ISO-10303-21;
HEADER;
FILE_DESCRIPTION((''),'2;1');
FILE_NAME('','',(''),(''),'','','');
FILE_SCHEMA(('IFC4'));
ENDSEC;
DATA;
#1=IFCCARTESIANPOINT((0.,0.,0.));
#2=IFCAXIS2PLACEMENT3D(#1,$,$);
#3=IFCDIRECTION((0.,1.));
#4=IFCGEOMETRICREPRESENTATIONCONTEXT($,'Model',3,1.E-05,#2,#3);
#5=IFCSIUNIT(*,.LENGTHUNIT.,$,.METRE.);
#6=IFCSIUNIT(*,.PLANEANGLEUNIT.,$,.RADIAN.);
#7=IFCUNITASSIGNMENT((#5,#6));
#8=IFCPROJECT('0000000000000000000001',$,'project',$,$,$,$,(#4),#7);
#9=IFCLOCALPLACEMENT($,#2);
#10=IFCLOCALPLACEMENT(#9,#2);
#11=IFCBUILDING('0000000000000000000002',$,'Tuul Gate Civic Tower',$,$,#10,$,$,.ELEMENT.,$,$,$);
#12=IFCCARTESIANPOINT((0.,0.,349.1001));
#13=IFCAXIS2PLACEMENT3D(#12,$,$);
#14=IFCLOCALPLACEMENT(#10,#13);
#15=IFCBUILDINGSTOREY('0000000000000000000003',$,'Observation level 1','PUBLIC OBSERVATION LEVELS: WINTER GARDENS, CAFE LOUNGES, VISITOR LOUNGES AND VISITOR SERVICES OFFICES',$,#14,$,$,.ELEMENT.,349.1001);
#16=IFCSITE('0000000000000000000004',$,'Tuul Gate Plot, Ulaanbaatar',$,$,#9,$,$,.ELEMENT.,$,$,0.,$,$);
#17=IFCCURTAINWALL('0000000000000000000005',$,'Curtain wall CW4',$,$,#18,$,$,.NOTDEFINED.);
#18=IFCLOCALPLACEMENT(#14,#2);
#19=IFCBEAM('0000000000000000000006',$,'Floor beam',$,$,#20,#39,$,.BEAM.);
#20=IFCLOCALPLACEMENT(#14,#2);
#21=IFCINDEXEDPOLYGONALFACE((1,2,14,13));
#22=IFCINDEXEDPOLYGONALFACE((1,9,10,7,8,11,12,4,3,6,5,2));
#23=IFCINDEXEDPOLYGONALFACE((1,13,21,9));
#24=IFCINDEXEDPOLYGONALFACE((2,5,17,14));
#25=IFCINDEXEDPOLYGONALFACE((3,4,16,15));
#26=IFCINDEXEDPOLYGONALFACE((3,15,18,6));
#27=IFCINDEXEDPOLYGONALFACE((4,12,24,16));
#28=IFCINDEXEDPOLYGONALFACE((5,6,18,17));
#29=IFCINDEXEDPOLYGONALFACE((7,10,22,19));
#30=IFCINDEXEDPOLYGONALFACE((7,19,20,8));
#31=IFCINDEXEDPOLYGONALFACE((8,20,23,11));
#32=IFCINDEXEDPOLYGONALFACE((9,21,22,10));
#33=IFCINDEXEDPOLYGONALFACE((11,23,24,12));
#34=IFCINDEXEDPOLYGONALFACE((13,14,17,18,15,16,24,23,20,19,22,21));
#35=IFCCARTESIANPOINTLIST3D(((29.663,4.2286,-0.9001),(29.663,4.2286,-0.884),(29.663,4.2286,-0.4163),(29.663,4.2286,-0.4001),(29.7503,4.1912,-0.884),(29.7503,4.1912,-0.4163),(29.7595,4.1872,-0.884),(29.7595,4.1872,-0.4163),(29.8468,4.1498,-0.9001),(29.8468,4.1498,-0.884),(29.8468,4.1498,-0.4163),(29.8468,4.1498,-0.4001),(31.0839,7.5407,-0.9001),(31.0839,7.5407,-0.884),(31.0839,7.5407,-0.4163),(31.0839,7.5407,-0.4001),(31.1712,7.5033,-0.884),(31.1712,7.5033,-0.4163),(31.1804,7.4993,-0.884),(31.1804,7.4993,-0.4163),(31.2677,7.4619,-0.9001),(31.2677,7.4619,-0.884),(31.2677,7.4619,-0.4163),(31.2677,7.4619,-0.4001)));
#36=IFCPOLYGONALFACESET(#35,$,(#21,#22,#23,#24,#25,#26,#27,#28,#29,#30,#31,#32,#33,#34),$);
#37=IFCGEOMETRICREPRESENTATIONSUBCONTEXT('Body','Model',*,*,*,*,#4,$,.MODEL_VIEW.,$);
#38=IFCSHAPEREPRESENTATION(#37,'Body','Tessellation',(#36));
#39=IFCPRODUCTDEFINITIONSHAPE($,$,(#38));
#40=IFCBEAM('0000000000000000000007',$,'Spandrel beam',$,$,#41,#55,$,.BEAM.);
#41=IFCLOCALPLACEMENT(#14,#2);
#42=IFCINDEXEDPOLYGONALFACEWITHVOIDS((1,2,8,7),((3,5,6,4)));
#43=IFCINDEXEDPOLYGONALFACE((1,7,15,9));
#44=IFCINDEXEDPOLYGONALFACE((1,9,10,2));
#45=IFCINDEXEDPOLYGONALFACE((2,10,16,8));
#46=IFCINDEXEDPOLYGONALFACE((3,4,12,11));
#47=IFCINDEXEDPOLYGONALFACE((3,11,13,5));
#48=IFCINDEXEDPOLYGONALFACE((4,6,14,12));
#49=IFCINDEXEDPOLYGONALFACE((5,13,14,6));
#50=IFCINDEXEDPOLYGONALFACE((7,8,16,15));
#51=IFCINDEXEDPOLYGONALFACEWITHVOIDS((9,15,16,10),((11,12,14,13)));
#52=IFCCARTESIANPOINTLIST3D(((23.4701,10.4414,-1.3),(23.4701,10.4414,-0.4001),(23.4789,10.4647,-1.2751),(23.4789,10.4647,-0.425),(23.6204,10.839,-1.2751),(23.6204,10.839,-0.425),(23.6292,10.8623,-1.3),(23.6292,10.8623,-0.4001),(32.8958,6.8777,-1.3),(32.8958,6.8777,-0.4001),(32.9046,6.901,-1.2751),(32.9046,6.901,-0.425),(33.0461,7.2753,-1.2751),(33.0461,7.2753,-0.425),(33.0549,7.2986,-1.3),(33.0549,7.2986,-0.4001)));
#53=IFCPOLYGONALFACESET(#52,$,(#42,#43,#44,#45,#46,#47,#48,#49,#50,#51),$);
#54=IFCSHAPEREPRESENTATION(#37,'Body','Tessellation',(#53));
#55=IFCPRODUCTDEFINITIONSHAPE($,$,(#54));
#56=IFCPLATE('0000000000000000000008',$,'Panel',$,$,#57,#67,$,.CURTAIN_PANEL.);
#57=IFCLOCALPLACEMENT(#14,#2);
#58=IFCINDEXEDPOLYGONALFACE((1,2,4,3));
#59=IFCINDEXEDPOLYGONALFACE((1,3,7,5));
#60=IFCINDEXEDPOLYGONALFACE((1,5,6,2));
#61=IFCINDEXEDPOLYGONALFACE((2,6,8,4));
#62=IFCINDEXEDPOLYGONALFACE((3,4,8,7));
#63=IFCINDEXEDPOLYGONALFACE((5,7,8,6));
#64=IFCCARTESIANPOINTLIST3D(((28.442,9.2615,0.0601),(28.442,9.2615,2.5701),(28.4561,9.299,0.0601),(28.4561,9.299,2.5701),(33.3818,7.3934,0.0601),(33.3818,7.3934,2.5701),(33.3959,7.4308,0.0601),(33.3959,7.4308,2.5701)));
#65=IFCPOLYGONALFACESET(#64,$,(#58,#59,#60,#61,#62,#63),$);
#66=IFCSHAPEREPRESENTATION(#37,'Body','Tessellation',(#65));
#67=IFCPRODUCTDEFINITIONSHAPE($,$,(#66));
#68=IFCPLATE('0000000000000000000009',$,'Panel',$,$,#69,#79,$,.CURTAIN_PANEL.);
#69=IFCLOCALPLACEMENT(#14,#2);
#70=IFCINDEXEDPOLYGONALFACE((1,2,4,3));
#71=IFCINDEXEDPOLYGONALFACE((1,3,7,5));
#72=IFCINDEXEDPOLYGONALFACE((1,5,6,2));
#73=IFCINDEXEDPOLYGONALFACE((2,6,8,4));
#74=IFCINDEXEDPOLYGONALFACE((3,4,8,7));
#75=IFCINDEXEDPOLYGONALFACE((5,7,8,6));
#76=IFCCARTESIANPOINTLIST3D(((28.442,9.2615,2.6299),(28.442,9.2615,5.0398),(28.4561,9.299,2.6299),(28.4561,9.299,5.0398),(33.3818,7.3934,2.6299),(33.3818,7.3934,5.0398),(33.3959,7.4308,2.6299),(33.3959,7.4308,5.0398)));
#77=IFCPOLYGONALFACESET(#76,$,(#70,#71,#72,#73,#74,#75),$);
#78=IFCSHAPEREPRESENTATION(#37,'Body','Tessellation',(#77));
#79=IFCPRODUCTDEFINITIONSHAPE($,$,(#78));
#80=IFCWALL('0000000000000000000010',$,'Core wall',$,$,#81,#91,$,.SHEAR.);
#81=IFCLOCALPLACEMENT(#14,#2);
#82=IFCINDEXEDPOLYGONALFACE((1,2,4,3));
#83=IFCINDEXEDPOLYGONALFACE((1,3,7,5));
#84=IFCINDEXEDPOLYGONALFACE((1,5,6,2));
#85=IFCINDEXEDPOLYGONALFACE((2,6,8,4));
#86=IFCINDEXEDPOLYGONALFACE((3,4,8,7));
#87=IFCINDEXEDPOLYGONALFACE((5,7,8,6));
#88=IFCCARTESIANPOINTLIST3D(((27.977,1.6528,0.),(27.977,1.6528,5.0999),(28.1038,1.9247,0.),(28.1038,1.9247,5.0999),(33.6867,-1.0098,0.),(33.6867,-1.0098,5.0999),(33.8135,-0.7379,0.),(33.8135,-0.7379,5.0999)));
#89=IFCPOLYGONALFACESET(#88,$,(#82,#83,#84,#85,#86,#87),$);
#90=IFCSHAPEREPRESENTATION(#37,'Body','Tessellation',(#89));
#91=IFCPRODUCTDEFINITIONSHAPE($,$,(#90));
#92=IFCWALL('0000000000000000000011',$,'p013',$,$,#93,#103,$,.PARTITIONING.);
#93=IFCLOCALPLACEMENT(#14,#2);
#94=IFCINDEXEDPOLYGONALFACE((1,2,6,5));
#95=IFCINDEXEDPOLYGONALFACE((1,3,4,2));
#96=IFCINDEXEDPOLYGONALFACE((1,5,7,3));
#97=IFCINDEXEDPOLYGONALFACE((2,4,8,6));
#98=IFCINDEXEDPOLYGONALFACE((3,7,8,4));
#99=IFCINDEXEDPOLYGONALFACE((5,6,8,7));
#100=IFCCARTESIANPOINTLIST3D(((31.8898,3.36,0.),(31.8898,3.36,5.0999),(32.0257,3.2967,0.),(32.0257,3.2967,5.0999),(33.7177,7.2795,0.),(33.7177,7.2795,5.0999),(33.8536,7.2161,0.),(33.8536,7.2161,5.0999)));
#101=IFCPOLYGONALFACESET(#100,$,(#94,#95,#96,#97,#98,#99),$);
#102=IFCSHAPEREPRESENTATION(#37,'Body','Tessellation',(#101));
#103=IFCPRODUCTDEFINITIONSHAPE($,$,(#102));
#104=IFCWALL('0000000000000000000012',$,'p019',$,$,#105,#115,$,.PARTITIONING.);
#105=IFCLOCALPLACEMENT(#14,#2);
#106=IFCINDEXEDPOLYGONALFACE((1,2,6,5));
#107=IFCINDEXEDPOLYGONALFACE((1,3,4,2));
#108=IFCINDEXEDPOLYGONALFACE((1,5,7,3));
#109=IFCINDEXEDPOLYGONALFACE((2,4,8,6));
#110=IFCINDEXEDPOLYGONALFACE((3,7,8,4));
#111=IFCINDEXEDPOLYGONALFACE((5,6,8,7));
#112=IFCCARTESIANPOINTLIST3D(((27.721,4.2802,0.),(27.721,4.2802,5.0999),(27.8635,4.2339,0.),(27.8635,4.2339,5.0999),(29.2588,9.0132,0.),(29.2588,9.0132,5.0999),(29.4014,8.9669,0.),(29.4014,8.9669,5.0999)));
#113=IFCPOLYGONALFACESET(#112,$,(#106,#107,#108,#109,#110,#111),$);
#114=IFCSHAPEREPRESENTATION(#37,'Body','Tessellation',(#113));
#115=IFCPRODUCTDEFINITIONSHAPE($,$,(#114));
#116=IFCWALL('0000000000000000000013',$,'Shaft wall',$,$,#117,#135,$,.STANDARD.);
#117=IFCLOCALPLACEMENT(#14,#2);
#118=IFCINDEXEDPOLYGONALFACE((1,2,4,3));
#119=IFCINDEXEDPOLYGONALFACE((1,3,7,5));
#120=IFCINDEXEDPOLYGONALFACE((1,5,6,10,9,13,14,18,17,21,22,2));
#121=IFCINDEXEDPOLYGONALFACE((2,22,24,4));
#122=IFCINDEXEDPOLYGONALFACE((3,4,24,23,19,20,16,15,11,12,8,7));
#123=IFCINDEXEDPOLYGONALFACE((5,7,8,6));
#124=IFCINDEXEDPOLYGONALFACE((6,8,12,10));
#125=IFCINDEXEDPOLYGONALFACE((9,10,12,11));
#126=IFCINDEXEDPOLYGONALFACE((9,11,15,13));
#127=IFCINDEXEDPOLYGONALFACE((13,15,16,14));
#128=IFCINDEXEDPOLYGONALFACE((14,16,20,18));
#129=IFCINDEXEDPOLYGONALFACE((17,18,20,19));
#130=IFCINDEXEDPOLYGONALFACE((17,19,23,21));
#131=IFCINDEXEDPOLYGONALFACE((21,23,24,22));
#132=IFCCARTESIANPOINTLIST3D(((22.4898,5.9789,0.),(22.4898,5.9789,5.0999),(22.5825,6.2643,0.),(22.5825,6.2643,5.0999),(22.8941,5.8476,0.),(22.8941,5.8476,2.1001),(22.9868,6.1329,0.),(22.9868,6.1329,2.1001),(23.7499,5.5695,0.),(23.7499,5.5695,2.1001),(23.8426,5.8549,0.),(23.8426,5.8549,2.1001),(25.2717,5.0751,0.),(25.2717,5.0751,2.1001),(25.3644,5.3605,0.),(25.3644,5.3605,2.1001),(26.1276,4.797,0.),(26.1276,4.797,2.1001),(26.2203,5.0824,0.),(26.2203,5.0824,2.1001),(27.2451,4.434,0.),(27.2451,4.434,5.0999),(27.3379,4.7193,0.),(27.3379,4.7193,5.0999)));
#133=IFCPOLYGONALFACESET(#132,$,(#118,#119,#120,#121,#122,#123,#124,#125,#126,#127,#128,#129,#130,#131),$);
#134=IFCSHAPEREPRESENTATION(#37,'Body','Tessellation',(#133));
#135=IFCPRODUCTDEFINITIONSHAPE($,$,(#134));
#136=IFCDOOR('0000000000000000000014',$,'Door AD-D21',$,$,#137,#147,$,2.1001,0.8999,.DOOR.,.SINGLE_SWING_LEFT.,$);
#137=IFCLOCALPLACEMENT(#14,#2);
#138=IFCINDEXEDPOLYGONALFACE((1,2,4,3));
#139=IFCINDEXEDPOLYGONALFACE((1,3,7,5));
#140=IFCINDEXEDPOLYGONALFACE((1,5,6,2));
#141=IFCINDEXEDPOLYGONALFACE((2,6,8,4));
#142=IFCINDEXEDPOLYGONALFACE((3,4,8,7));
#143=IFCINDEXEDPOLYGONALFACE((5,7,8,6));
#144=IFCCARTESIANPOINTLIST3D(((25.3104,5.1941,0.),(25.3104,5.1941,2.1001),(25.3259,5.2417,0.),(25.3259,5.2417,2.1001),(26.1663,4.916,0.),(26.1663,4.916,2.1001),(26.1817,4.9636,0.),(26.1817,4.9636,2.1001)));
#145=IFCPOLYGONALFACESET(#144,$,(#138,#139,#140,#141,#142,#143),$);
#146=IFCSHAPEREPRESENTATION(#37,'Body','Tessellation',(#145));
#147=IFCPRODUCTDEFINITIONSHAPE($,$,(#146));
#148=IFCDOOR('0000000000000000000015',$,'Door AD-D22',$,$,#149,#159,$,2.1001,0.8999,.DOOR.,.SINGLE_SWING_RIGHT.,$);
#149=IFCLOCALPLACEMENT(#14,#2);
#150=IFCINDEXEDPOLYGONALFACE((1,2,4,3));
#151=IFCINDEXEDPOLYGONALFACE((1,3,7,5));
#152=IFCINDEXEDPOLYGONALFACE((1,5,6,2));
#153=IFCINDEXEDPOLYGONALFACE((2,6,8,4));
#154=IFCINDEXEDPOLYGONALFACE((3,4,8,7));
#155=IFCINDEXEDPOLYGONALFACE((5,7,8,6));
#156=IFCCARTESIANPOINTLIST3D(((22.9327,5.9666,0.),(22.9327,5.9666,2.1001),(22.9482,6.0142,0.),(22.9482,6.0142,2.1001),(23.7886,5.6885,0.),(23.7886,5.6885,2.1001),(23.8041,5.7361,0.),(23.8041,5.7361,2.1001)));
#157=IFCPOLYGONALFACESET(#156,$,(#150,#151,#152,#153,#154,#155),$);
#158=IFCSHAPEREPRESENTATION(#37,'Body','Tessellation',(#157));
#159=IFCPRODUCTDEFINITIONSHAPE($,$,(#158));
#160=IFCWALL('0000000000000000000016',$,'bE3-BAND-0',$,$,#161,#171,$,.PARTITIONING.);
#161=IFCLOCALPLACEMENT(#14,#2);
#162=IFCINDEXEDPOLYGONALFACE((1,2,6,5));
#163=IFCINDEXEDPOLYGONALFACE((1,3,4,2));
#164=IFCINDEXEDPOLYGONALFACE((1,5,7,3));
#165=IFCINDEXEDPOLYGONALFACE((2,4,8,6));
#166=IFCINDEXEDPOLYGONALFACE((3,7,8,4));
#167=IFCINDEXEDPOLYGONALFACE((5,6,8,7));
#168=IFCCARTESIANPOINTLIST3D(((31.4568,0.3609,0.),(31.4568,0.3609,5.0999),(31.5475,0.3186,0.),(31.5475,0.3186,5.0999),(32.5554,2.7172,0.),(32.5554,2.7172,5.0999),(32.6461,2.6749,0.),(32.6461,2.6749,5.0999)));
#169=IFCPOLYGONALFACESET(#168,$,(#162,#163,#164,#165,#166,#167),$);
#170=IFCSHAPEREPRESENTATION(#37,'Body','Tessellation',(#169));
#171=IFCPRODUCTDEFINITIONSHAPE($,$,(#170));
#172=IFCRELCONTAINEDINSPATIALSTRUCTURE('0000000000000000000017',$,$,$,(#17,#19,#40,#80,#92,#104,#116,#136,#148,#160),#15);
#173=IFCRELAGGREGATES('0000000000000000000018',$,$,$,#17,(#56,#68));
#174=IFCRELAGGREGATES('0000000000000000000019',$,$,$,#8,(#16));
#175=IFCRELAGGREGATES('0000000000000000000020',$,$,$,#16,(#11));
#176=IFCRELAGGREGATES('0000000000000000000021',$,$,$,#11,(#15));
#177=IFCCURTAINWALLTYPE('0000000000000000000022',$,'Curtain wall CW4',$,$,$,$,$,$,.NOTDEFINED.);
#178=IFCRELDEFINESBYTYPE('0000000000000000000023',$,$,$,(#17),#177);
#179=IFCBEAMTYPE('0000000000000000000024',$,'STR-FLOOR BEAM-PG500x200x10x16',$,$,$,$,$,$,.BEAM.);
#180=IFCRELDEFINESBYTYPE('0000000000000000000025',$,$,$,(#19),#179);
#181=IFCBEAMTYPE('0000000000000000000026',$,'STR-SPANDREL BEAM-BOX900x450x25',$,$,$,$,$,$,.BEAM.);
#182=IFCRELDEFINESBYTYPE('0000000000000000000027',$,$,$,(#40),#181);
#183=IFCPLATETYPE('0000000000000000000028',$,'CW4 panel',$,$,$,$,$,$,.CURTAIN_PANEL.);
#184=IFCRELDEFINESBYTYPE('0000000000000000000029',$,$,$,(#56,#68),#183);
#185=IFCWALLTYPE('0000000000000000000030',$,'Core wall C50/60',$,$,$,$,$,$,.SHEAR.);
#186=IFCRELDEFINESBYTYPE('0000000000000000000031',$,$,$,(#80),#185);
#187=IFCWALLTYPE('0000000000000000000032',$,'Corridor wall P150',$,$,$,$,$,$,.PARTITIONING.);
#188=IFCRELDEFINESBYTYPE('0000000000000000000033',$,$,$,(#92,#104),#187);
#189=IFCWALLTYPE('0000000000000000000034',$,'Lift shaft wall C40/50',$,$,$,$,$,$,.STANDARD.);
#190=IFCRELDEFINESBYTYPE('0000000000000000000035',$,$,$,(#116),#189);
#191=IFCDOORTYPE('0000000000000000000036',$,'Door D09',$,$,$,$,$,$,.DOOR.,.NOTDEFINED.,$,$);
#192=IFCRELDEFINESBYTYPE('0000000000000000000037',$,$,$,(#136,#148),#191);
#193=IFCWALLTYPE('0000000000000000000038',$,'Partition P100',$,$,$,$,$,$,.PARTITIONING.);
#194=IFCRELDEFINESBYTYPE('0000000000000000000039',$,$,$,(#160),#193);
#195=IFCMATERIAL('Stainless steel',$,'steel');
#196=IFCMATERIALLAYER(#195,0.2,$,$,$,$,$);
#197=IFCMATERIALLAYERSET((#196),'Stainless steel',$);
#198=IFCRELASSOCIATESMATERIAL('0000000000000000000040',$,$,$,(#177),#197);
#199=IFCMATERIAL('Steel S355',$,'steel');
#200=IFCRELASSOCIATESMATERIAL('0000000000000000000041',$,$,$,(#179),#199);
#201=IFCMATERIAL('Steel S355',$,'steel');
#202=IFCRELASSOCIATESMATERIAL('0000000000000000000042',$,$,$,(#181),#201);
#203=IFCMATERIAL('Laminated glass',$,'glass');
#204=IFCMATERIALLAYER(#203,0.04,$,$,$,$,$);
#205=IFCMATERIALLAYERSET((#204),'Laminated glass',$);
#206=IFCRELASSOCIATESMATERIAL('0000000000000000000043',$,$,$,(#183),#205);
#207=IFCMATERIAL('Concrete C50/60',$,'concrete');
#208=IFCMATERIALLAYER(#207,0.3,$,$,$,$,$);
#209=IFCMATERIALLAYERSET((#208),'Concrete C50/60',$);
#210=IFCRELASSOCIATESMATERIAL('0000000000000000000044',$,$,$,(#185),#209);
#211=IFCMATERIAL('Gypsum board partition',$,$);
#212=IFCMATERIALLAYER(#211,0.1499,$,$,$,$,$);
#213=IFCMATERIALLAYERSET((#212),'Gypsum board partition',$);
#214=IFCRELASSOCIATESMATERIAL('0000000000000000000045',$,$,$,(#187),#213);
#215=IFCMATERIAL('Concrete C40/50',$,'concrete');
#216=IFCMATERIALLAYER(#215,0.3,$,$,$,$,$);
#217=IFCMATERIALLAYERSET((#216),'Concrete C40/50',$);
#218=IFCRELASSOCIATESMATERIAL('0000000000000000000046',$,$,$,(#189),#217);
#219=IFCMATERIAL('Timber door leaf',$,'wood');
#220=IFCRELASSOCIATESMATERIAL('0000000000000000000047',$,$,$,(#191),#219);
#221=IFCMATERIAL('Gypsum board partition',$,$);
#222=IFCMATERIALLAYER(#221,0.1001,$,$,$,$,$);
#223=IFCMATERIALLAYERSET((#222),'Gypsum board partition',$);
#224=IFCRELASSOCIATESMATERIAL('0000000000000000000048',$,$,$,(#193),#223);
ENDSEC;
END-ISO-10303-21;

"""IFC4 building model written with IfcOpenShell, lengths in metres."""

from ifc_helpers import new_model, si_unit, direction, frame, frame_2d, origin, origin_2d, place, context, subcontext, project, spatial, rectangle, hollow_rectangle, i_section, extrude, material, layer, layer_set, material_profile, profile_set, type_object, element, fill, aggregate, save


model = new_model("IFC4")

# Units and contexts
model_context = context("Model", 3, precision=1e-05, world=origin(), true_north=direction((0.0, 1.0)))
body_context = subcontext(model_context, "Body", "Model", "MODEL_VIEW")
ifc_project = project(units=[si_unit("LENGTHUNIT", "METRE"), si_unit("PLANEANGLEUNIT", "RADIAN")], contexts=[model_context])

# Site, building, storey
site_placement = place(None, origin())
site = spatial("IfcSite", under=ifc_project, at=site_placement, Name="Tuul Gate Plot, Ulaanbaatar", CompositionType="ELEMENT", RefElevation=0.0)
building_placement = place(site_placement, origin())
building = spatial("IfcBuilding", under=site, at=building_placement, Name="Tuul Gate Civic Tower", CompositionType="ELEMENT")
storey_placement = place(building_placement, frame((0.0, 0.0, 349.1001)))
storey = spatial("IfcBuildingStorey", under=building, at=storey_placement, Name="Observation level 1", Description="PUBLIC OBSERVATION LEVELS: WINTER GARDENS, CAFE LOUNGES, VISITOR LOUNGES AND VISITOR SERVICES OFFICES", CompositionType="ELEMENT", Elevation=349.1001)

# Shared definitions
ifc_material_1 = material(Name="Stainless steel", Category="steel")
ifc_layer_1 = layer(ifc_material_1, 0.2)
ifc_layer_set_1 = layer_set([ifc_layer_1], Name="Stainless steel")
curtain_wall_type = type_object("IfcCurtainWallType", Name="Curtain wall CW4", PredefinedType="NOTDEFINED", material=ifc_layer_set_1)

# Curtain wall
curtain_wall_1_placement = place(storey_placement, origin())
curtain_wall_1 = element("IfcCurtainWall", 1, at=curtain_wall_1_placement, inside=storey, type_object=curtain_wall_type, Name="Curtain wall CW4", PredefinedType="NOTDEFINED")

# Beams
ifc_material_2 = material(Name="Steel S355", Category="steel")
ifc_material_profile_1 = material_profile(ifc_material_2, i_section(OverallWidth=0.2, OverallDepth=0.5, WebThickness=0.01, FlangeThickness=0.0161, at=origin_2d()), Name="PG500x200x10x16")
ifc_profile_set_1 = profile_set([ifc_material_profile_1], Name="Steel S355")
beam_type_1 = type_object("IfcBeamType", Name="STR-FLOOR BEAM-PG500x200x10x16", PredefinedType="BEAM", material=ifc_profile_set_1)
beam_1_placement = place(storey_placement, frame((29.7549, 4.1892, -0.6501), z_axis=(0.394263, 0.918998, 0.0), x_axis=(-0.918998, 0.394263, 0.0)))
element("IfcBeam", 2, at=beam_1_placement, inside=storey, type_object=beam_type_1, Name="Floor beam", PredefinedType="BEAM", context=body_context, shape_type="SweptSolid", body=[
    extrude(i_section(OverallWidth=0.2, OverallDepth=0.5, WebThickness=0.01, FlangeThickness=0.0161, at=origin_2d()), origin(), (0.0, 0.0, 1.0), 3.604),
])
ifc_material_3 = material(Name="Steel S355", Category="steel")
ifc_material_profile_2 = material_profile(ifc_material_3, hollow_rectangle(XDim=0.45, YDim=0.8999, WallThickness=0.0249, at=origin_2d()), Name="BOX900x450x25")
ifc_profile_set_2 = profile_set([ifc_material_profile_2], Name="Steel S355")
beam_type_2 = type_object("IfcBeamType", Name="STR-SPANDREL BEAM-BOX900x450x25", PredefinedType="BEAM", material=ifc_profile_set_2)
beam_2_placement = place(storey_placement, frame((32.9753, 7.0881, -0.8501), z_axis=(-0.935378, 0.35365, 0.0), x_axis=(-0.35365, -0.935378, 0.0)))
element("IfcBeam", 3, at=beam_2_placement, inside=storey, type_object=beam_type_2, Name="Spandrel beam", PredefinedType="BEAM", context=body_context, shape_type="SweptSolid", body=[
    extrude(hollow_rectangle(XDim=0.45, YDim=0.8999, WallThickness=0.0249, at=origin_2d()), origin(), (0.0, 0.0, 1.0), 10.0769),
])

# Plates
ifc_material_4 = material(Name="Laminated glass", Category="glass")
ifc_layer_2 = layer(ifc_material_4, 0.04)
ifc_layer_set_2 = layer_set([ifc_layer_2], Name="Laminated glass")
plate_type = type_object("IfcPlateType", Name="CW4 panel", PredefinedType="CURTAIN_PANEL", material=ifc_layer_set_2)
plate_1_placement = place(storey_placement, frame((30.9189, 8.3462, 0.0601), z_axis=(0.0, 0.0, 1.0), x_axis=(-0.935346, 0.353734, 0.0)))
plate_1 = element("IfcPlate", 4, at=plate_1_placement, type_object=plate_type, Name="Panel", PredefinedType="CURTAIN_PANEL", context=body_context, shape_type="SweptSolid", body=[
    extrude(rectangle(XDim=5.2812, YDim=0.04, at=origin_2d()), origin(), (0.0, 0.0, 1.0), 2.51),
])
plate_2_placement = place(storey_placement, frame((30.9189, 8.3462, 2.6299), z_axis=(0.0, 0.0, 1.0), x_axis=(-0.935346, 0.353734, 0.0)))
plate_2 = element("IfcPlate", 5, at=plate_2_placement, type_object=plate_type, Name="Panel", PredefinedType="CURTAIN_PANEL", context=body_context, shape_type="SweptSolid", body=[
    extrude(rectangle(XDim=5.2812, YDim=0.04, at=origin_2d()), origin(), (0.0, 0.0, 1.0), 2.4099),
])
aggregate(curtain_wall_1, [plate_1, plate_2])

# Walls
ifc_material_5 = material(Name="Concrete C50/60", Category="concrete")
ifc_layer_3 = layer(ifc_material_5, 0.3)
ifc_layer_set_3 = layer_set([ifc_layer_3], Name="Concrete C50/60")
wall_type_1 = type_object("IfcWallType", Name="Core wall C50/60", PredefinedType="SHEAR", material=ifc_layer_set_3)
wall_1_placement = place(storey_placement, frame((33.75, -0.8738, 0.0), z_axis=(0.0, 0.0, 1.0), x_axis=(-0.906301, 0.422633, 0.0)))
element("IfcWall", 6, at=wall_1_placement, inside=storey, type_object=wall_type_1, Name="Core wall", PredefinedType="SHEAR", context=body_context, shape_type="SweptSolid", body=[
    extrude(rectangle(XDim=6.3, YDim=0.3, at=frame_2d((3.1499, 0.0))), origin(), (0.0, 0.0, 1.0), 5.0999),
])
ifc_material_6 = material(Name="Gypsum board partition")
ifc_layer_4 = layer(ifc_material_6, 0.1499)
ifc_layer_set_4 = layer_set([ifc_layer_4], Name="Gypsum board partition")
wall_type_2 = type_object("IfcWallType", Name="Corridor wall P150", PredefinedType="PARTITIONING", material=ifc_layer_set_4)
wall_2_placement = place(storey_placement, frame((31.9578, 3.3284, 0.0), z_axis=(0.0, 0.0, 1.0), x_axis=(0.42266, 0.906288, 0.0)))
element("IfcWall", 7, at=wall_2_placement, inside=storey, type_object=wall_type_2, Name="p013", PredefinedType="PARTITIONING", context=body_context, shape_type="SweptSolid", body=[
    extrude(rectangle(XDim=4.3247, YDim=0.1499, at=frame_2d((2.1624, 0.0))), origin(), (0.0, 0.0, 1.0), 5.0999),
])
wall_3_placement = place(storey_placement, frame((27.7922, 4.2571, 0.0), z_axis=(0.0, 0.0, 1.0), x_axis=(0.309022, 0.951055, 0.0)))
element("IfcWall", 8, at=wall_3_placement, inside=storey, type_object=wall_type_2, Name="p019", PredefinedType="PARTITIONING", context=body_context, shape_type="SweptSolid", body=[
    extrude(rectangle(XDim=4.9766, YDim=0.1499, at=frame_2d((2.4883, 0.0))), origin(), (0.0, 0.0, 1.0), 5.0999),
])

# Wall, openings, doors
ifc_material_7 = material(Name="Concrete C40/50", Category="concrete")
ifc_layer_5 = layer(ifc_material_7, 0.3)
ifc_layer_set_5 = layer_set([ifc_layer_5], Name="Concrete C40/50")
wall_type_3 = type_object("IfcWallType", Name="Lift shaft wall C40/50", PredefinedType="STANDARD", material=ifc_layer_set_5)
wall_4_placement = place(storey_placement, frame((27.2915, 4.5767, 0.0), z_axis=(0.0, 0.0, 1.0), x_axis=(-0.951068, 0.308982, 0.0)))
wall_4 = element("IfcWall", 9, at=wall_4_placement, inside=storey, type_object=wall_type_3, Name="Shaft wall", PredefinedType="STANDARD", context=body_context, shape_type="SweptSolid", body=[
    extrude(rectangle(XDim=5.0, YDim=0.3, at=frame_2d((2.5, 0.0))), origin(), (0.0, 0.0, 1.0), 5.0999),
])
opening_1_placement = place(wall_4_placement, frame((1.175, 0.0, 0.0)))
opening_1 = element("IfcOpeningElement", 10, at=opening_1_placement, cuts=wall_4, PredefinedType="OPENING", context=body_context, shape_type="SweptSolid", body=[
    extrude(rectangle(XDim=0.8999, YDim=2.1001, at=frame_2d((0.45, 1.05))), frame((0.0, 0.1602, 0.0), z_axis=(0.0, -1.0, 0.0), x_axis=(1.0, 0.0, 0.0)), (0.0, 0.0, 1.0), 0.3201),
])
opening_2_placement = place(wall_4_placement, frame((3.675, 0.0, 0.0)))
opening_2 = element("IfcOpeningElement", 11, at=opening_2_placement, cuts=wall_4, PredefinedType="OPENING", context=body_context, shape_type="SweptSolid", body=[
    extrude(rectangle(XDim=0.8999, YDim=2.1001, at=frame_2d((0.45, 1.05))), frame((0.0, 0.1602, 0.0), z_axis=(0.0, -1.0, 0.0), x_axis=(1.0, 0.0, 0.0)), (0.0, 0.0, 1.0), 0.3201),
])
ifc_material_8 = material(Name="Timber door leaf", Category="wood")
door_type = type_object("IfcDoorType", Name="Door D09", OperationType="NOTDEFINED", PredefinedType="DOOR", material=ifc_material_8)
door_1_placement = place(opening_1_placement, origin())
door_1 = element("IfcDoor", 12, at=door_1_placement, inside=storey, type_object=door_type, Name="Door AD-D21", OperationType="SINGLE_SWING_LEFT", OverallHeight=2.1001, OverallWidth=0.8999, PredefinedType="DOOR", context=body_context, shape_type="SweptSolid", body=[
    extrude(rectangle(XDim=0.8999, YDim=2.1001, at=frame_2d((0.45, 1.05))), frame((0.0, 0.0249, 0.0), z_axis=(0.0, -1.0, 0.0), x_axis=(1.0, 0.0, 0.0)), (0.0, 0.0, 1.0), 0.05),
])
fill(opening_1, door_1)
door_2_placement = place(opening_2_placement, origin())
door_2 = element("IfcDoor", 13, at=door_2_placement, inside=storey, type_object=door_type, Name="Door AD-D22", OperationType="SINGLE_SWING_RIGHT", OverallHeight=2.1001, OverallWidth=0.8999, PredefinedType="DOOR", context=body_context, shape_type="SweptSolid", body=[
    extrude(rectangle(XDim=0.8999, YDim=2.1001, at=frame_2d((0.45, 1.05))), frame((0.0, 0.0249, 0.0), z_axis=(0.0, -1.0, 0.0), x_axis=(1.0, 0.0, 0.0)), (0.0, 0.0, 1.0), 0.05),
])
fill(opening_2, door_2)

# Wall
ifc_material_9 = material(Name="Gypsum board partition")
ifc_layer_6 = layer(ifc_material_9, 0.1001)
ifc_layer_set_6 = layer_set([ifc_layer_6], Name="Gypsum board partition")
wall_type_4 = type_object("IfcWallType", Name="Partition P100", PredefinedType="PARTITIONING", material=ifc_layer_set_6)
wall_5_placement = place(storey_placement, frame((31.5022, 0.3398, 0.0), z_axis=(0.0, 0.0, 1.0), x_axis=(0.422556, 0.906337, 0.0)))
element("IfcWall", 14, at=wall_5_placement, inside=storey, type_object=wall_type_4, Name="bE3-BAND-0", PredefinedType="PARTITIONING", context=body_context, shape_type="SweptSolid", body=[
    extrude(rectangle(XDim=2.5999, YDim=0.1001, at=frame_2d((1.2998, 0.0))), origin(), (0.0, 0.0, 1.0), 5.0999),
])

save(model, "model.ifc")
